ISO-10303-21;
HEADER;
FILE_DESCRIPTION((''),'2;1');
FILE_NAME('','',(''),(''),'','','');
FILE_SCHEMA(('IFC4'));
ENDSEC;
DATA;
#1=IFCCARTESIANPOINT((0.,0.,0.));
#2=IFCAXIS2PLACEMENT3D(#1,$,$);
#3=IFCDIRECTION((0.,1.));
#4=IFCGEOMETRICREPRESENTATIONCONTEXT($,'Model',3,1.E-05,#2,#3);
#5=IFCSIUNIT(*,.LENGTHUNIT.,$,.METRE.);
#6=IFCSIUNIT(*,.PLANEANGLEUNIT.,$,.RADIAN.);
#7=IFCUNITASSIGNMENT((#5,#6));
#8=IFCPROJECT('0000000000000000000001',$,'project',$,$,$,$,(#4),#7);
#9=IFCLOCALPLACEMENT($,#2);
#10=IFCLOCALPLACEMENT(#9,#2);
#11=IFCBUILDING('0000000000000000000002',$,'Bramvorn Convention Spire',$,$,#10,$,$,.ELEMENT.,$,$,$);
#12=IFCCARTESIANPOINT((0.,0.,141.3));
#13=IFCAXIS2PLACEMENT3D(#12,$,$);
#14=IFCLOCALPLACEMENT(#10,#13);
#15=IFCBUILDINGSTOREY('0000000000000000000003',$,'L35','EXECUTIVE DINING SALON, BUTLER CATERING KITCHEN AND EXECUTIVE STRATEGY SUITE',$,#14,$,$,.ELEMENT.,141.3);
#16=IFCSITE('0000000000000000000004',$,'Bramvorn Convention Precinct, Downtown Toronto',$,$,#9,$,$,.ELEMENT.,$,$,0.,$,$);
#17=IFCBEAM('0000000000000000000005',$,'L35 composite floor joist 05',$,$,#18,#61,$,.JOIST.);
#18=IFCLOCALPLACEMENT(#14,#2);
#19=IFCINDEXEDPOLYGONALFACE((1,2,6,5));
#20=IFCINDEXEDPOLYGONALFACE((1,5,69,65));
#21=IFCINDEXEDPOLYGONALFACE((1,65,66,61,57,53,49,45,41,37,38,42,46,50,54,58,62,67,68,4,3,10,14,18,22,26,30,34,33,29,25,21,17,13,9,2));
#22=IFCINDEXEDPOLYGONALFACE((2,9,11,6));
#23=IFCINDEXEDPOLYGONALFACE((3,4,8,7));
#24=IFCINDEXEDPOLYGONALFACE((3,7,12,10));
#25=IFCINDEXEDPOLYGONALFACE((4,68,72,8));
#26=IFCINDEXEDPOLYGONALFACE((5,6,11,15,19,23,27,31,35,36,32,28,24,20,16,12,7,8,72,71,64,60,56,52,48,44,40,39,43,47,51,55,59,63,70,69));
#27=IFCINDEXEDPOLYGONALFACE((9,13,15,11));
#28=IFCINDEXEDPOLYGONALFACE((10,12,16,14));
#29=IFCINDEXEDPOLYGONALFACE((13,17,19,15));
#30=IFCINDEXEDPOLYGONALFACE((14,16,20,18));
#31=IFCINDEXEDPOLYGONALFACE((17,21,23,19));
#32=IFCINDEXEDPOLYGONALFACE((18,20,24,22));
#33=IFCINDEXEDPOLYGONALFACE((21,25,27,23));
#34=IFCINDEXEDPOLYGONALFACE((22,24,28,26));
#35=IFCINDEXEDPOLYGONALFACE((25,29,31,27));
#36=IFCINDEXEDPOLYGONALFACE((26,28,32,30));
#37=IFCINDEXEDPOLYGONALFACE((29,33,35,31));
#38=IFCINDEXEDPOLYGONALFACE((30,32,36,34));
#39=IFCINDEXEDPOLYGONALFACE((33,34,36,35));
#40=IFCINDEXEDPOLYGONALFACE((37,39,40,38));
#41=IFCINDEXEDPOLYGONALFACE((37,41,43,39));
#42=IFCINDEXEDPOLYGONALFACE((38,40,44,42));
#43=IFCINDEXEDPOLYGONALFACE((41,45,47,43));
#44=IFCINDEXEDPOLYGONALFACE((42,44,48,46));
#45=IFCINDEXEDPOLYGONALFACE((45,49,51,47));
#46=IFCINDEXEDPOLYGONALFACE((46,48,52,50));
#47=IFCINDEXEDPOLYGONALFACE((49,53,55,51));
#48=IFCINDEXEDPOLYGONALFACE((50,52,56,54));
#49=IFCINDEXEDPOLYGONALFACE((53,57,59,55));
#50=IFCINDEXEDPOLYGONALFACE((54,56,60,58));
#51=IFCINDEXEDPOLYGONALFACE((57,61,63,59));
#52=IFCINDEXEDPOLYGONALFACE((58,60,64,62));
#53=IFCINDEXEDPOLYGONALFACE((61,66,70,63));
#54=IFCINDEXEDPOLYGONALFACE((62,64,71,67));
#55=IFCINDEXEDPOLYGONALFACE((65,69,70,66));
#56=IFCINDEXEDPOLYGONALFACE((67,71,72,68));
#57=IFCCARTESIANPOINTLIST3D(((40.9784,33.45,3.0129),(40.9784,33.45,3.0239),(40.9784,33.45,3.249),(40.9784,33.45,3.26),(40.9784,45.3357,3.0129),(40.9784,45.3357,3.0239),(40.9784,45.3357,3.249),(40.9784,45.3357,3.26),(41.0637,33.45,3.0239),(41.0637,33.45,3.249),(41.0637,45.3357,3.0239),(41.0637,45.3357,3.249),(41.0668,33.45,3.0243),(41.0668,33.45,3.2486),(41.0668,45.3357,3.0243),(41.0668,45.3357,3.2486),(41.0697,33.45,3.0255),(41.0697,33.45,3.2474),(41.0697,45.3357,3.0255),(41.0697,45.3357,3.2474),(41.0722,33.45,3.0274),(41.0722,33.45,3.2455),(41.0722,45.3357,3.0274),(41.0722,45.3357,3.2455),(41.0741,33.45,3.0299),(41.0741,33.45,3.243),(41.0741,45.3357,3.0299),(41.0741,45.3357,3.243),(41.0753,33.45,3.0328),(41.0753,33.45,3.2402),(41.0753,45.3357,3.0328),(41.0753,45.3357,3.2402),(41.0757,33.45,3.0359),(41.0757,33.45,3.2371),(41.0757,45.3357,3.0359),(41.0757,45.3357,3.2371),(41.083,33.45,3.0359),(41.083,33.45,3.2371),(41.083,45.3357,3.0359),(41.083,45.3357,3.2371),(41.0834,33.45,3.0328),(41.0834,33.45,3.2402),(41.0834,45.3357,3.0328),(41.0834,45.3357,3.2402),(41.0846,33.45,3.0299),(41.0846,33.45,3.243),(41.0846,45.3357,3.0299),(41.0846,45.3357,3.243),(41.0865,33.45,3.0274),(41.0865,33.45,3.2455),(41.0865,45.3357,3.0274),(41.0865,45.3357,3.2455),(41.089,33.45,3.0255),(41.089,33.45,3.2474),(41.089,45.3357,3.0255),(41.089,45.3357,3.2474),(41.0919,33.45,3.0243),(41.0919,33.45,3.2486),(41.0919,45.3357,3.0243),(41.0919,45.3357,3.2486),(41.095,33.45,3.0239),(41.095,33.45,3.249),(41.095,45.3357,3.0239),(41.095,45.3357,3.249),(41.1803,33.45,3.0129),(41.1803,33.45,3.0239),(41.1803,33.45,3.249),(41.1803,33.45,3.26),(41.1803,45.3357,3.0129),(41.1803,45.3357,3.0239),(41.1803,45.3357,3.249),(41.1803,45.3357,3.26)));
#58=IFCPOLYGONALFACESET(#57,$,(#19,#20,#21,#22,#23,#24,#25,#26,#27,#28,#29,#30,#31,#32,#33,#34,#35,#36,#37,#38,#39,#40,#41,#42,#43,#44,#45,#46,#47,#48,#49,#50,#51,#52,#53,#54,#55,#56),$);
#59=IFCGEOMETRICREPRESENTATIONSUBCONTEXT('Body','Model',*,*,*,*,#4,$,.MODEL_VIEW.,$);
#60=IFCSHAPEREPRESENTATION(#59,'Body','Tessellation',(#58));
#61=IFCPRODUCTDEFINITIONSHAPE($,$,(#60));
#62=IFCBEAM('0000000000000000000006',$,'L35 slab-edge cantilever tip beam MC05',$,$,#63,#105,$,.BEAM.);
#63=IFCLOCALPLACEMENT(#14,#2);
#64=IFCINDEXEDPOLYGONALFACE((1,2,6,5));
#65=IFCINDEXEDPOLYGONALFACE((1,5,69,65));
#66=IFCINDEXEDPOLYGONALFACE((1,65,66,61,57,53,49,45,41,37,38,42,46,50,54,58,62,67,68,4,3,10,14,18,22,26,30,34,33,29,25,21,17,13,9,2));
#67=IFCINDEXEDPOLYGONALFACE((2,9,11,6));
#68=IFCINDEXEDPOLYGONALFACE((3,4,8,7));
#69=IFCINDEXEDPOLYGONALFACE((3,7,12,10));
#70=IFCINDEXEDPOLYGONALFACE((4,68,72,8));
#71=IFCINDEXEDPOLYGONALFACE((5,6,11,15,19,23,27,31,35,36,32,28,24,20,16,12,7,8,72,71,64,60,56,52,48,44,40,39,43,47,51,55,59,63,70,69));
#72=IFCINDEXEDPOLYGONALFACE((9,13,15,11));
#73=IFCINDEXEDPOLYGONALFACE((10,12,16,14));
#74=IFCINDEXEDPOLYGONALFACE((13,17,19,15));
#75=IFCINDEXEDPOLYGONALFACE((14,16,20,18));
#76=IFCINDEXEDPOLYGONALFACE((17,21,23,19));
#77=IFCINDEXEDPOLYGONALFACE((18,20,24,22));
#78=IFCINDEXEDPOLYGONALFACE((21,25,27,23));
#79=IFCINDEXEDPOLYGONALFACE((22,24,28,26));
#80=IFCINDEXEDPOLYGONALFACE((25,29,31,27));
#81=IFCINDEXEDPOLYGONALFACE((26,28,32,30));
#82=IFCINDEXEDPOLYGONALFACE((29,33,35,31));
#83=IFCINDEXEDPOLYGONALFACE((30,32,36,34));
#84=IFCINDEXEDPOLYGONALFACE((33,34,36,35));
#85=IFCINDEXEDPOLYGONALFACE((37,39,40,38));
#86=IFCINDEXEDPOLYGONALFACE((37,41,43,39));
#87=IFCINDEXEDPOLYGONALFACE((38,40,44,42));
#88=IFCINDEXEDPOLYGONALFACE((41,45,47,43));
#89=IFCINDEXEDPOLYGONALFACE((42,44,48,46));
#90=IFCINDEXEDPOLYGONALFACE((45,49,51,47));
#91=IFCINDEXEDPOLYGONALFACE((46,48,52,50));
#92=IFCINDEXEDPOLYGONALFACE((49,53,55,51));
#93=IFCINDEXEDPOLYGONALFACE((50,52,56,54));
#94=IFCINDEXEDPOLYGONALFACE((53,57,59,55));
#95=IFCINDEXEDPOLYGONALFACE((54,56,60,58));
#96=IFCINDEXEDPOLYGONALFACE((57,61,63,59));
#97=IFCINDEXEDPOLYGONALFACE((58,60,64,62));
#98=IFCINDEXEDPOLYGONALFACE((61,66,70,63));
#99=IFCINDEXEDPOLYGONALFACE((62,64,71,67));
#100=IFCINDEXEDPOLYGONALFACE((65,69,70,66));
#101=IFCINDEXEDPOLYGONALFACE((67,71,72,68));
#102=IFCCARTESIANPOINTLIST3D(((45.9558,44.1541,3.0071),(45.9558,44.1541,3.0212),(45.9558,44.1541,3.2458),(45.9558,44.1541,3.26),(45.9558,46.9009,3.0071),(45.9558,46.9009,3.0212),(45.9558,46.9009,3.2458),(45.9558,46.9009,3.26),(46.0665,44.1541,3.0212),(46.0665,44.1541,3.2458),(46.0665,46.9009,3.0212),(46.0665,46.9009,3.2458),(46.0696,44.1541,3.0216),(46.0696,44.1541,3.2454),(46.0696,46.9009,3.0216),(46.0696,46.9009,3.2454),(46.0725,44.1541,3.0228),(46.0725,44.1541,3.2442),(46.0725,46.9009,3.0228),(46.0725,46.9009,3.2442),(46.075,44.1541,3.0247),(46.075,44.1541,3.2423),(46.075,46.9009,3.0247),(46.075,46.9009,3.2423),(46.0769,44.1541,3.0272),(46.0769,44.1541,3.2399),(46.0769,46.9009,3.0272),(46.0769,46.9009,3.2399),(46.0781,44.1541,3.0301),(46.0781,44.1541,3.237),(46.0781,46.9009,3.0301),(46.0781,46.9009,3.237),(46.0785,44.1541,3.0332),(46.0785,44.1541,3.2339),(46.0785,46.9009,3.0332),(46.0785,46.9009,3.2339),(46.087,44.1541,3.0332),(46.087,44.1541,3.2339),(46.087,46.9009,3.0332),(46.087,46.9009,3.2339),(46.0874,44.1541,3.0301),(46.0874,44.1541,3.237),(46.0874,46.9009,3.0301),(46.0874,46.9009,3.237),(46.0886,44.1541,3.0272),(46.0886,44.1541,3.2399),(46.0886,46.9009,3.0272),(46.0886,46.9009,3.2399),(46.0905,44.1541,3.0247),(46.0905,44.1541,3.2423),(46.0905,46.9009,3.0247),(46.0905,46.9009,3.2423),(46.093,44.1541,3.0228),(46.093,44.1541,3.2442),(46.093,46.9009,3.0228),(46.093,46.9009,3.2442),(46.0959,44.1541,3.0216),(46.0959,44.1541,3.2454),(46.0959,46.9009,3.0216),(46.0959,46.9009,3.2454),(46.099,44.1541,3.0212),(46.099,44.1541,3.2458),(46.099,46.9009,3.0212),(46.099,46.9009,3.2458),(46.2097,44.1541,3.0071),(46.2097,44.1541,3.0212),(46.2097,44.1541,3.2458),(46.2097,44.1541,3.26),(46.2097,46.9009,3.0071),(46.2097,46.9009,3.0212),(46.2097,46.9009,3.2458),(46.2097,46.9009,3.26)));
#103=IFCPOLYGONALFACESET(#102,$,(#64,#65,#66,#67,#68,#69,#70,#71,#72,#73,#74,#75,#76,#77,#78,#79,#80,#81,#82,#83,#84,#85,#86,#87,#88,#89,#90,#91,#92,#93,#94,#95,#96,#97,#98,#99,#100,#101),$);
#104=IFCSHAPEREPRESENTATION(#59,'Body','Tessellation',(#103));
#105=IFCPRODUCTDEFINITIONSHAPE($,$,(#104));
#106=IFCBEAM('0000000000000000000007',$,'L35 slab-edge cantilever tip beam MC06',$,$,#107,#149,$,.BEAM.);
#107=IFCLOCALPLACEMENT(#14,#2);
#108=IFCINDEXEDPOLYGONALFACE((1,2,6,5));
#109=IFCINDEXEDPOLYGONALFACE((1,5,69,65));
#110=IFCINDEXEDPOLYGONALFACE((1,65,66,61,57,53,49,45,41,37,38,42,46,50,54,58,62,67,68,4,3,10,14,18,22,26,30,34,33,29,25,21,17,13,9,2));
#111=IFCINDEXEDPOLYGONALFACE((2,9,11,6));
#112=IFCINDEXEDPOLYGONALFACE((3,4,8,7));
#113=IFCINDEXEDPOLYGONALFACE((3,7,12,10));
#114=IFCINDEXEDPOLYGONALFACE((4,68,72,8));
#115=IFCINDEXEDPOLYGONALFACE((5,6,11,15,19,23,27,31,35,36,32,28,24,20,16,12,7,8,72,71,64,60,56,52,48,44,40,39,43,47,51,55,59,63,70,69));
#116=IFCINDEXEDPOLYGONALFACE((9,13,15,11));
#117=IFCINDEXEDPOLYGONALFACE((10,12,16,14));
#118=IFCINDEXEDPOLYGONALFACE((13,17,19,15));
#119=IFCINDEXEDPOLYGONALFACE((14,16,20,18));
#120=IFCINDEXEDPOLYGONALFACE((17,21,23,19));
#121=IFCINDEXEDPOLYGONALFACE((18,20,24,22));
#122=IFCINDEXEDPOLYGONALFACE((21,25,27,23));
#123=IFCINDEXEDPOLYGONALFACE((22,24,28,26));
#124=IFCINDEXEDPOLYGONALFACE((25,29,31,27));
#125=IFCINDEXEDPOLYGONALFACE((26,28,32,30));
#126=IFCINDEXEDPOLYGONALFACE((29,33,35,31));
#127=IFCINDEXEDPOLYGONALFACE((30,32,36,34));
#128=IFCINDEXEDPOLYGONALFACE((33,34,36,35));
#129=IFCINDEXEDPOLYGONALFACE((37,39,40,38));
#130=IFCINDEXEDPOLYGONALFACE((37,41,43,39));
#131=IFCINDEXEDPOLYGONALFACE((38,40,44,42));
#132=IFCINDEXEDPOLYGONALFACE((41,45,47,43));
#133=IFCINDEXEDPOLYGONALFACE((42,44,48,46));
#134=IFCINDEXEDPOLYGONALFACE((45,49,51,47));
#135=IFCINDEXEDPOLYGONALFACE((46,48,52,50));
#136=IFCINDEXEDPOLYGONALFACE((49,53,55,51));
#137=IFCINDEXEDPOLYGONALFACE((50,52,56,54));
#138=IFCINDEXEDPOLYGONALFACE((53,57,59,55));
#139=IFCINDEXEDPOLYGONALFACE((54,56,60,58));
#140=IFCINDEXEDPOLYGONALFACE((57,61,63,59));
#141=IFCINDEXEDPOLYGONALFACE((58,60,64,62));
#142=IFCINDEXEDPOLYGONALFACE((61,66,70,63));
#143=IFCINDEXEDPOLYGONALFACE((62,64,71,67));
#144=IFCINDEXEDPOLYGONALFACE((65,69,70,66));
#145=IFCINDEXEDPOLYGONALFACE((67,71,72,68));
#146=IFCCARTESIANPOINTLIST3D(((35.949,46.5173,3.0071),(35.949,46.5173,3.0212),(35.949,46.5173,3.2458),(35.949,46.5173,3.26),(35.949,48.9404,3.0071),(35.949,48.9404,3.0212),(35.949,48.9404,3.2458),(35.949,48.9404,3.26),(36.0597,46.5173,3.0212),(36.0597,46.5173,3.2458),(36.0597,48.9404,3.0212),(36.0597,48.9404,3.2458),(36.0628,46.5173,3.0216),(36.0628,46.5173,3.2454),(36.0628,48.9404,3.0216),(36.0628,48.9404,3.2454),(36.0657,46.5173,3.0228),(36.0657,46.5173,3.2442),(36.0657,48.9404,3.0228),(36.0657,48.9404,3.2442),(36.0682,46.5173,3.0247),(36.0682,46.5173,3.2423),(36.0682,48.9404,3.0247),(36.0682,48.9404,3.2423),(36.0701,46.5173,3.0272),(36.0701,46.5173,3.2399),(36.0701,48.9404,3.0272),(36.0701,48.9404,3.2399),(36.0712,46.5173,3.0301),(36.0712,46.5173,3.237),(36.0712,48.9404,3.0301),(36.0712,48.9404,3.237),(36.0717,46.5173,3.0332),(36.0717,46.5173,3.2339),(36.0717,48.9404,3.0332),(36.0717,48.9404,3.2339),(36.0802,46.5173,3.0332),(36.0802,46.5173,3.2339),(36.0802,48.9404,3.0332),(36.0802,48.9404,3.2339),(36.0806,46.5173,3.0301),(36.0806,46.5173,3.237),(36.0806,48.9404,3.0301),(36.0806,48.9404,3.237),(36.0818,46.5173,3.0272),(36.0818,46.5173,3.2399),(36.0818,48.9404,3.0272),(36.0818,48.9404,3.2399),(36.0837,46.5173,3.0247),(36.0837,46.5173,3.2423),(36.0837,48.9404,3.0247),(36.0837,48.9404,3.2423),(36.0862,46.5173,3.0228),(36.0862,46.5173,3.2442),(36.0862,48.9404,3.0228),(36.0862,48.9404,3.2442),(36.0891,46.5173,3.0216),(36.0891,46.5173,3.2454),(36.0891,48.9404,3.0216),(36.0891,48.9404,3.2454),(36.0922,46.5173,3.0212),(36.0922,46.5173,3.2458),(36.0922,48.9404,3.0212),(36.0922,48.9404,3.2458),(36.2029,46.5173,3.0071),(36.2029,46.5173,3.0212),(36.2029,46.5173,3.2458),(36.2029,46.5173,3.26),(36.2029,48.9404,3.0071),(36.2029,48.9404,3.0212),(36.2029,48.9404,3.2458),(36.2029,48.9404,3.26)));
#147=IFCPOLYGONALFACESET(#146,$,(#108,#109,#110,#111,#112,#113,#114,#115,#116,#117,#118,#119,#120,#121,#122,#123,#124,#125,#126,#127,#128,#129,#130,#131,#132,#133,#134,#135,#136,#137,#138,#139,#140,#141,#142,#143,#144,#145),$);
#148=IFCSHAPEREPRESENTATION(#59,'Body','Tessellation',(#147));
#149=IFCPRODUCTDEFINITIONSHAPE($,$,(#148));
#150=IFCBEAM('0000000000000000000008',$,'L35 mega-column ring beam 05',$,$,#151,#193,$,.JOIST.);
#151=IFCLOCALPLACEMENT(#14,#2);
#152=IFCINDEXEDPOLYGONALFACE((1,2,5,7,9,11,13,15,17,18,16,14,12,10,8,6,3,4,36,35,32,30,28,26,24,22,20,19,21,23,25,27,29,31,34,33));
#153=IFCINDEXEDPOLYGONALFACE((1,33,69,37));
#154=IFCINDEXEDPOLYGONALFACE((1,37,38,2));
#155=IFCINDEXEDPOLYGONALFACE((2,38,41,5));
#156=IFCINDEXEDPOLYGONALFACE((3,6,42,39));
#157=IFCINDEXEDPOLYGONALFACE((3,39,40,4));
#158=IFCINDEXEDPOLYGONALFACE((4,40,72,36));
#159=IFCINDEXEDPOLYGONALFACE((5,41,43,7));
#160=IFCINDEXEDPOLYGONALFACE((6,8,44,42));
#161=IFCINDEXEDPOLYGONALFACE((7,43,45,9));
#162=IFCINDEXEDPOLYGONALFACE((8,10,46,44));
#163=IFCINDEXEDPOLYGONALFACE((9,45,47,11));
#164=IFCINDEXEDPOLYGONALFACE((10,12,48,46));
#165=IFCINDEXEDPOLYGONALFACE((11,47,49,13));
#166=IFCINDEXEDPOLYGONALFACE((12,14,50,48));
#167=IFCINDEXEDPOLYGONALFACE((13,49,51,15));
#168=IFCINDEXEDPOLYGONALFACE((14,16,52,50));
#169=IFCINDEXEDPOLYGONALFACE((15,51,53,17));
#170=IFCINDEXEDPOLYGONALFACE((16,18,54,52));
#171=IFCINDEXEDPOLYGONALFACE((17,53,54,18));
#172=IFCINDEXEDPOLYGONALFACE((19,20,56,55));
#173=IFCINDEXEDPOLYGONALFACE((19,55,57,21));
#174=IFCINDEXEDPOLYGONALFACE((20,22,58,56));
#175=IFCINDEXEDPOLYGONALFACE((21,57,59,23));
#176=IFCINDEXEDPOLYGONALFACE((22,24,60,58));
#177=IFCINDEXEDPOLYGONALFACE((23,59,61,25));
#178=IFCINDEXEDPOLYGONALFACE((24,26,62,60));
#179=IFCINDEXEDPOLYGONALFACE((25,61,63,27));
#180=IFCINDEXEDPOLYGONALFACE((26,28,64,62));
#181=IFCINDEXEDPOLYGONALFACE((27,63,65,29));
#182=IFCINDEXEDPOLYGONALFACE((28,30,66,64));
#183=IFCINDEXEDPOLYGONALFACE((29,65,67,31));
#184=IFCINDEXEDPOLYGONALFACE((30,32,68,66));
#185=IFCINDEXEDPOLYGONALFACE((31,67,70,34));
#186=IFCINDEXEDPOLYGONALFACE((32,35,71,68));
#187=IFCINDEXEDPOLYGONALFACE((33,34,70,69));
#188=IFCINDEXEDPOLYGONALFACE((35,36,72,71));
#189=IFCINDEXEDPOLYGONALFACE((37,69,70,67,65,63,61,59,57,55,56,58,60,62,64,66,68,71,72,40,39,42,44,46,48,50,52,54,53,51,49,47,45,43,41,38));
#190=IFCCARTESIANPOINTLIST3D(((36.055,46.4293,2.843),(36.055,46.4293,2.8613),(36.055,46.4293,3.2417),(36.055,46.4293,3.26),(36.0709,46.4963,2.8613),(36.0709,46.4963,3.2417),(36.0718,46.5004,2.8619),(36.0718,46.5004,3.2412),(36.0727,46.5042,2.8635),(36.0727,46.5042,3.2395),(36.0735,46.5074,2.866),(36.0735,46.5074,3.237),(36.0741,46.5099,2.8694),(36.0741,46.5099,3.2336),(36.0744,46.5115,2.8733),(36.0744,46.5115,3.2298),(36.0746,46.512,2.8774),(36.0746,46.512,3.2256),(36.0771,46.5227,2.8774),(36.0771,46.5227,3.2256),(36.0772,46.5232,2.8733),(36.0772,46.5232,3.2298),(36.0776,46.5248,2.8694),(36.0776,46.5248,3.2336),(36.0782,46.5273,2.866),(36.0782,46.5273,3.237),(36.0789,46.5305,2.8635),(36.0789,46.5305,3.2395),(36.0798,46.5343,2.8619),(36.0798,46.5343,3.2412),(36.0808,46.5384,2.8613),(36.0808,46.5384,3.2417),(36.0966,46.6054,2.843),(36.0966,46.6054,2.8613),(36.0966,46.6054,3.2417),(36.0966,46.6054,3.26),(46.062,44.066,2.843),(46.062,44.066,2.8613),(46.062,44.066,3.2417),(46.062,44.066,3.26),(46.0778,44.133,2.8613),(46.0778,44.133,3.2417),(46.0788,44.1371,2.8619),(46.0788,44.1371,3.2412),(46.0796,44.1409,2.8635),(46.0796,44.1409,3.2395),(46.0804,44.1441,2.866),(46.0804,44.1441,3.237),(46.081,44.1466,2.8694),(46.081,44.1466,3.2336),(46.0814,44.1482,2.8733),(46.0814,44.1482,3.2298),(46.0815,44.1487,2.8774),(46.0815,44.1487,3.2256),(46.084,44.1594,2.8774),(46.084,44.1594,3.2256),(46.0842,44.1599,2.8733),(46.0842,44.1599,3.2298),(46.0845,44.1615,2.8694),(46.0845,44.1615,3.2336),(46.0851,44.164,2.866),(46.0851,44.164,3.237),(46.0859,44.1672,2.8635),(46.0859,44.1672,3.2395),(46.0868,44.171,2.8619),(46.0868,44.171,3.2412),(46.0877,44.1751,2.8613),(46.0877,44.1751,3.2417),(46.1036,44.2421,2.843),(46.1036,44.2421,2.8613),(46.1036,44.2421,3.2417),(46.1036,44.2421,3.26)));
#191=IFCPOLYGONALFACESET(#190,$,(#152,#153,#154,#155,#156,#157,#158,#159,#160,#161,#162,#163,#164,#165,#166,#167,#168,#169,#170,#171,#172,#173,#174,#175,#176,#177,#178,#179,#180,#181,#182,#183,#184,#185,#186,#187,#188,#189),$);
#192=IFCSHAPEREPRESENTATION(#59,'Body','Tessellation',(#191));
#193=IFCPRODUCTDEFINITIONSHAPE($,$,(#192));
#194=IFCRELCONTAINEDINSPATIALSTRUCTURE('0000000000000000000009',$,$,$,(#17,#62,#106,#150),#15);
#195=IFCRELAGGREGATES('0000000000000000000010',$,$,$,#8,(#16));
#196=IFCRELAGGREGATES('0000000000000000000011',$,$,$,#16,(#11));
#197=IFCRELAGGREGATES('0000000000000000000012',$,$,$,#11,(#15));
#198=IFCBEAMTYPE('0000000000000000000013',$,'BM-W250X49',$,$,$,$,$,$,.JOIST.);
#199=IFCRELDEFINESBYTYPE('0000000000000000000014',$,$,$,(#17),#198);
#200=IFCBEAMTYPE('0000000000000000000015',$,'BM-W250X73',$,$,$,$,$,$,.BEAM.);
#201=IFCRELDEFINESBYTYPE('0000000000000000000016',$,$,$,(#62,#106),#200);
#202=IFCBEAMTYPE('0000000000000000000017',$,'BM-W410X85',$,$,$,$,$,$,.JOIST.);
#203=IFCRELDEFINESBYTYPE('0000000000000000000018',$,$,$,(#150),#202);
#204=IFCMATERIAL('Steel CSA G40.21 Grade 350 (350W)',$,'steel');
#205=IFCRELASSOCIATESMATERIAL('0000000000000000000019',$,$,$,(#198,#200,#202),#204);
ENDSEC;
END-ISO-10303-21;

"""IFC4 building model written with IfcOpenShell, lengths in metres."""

from ifc_helpers import new_model, si_unit, direction, frame, origin, origin_2d, place, context, subcontext, project, spatial, i_section, extrude, material, material_profile, profile_set, type_object, element, save


model = new_model("IFC4")

# Units and contexts
model_context = context("Model", 3, precision=1e-05, world=origin(), true_north=direction((0.0, 1.0)))
body_context = subcontext(model_context, "Body", "Model", "MODEL_VIEW")
ifc_project = project(units=[si_unit("LENGTHUNIT", "METRE"), si_unit("PLANEANGLEUNIT", "RADIAN")], contexts=[model_context])

# Site, building, storey
site_placement = place(None, origin())
site = spatial("IfcSite", under=ifc_project, at=site_placement, Name="Bramvorn Convention Precinct, Downtown Toronto", CompositionType="ELEMENT", RefElevation=0.0)
building_placement = place(site_placement, origin())
building = spatial("IfcBuilding", under=site, at=building_placement, Name="Bramvorn Convention Spire", CompositionType="ELEMENT")
storey_placement = place(building_placement, frame((0.0, 0.0, 141.3)))
storey = spatial("IfcBuildingStorey", under=building, at=storey_placement, Name="L35", Description="EXECUTIVE DINING SALON, BUTLER CATERING KITCHEN AND EXECUTIVE STRATEGY SUITE", CompositionType="ELEMENT", Elevation=141.3)

# Shared definitions
ifc_material_1 = material(Name="Steel CSA G40.21 Grade 350 (350W)", Category="steel")

# Beams
ifc_material_profile_1 = material_profile(ifc_material_1, i_section(OverallWidth=0.2019, OverallDepth=0.2471, WebThickness=0.0073, FlangeThickness=0.011, FilletRadius=0.012, at=origin_2d()))
ifc_profile_set_1 = profile_set([ifc_material_profile_1], Name="Steel CSA G40.21 Grade 350 (350W) - W250X49")
beam_type_1 = type_object("IfcBeamType", Name="BM-W250X49", PredefinedType="JOIST", material=ifc_profile_set_1)
beam_1_placement = place(storey_placement, frame((41.0793, 33.45, 3.1365), z_axis=(0.0, 1.0, 0.0), x_axis=(-1.0, 0.0, 0.0)))
element("IfcBeam", 1, at=beam_1_placement, inside=storey, type_object=beam_type_1, Name="L35 composite floor joist 05", PredefinedType="JOIST", context=body_context, shape_type="SweptSolid", body=[
    extrude(i_section(OverallWidth=0.2019, OverallDepth=0.2471, WebThickness=0.0073, FlangeThickness=0.011, FilletRadius=0.012, at=origin_2d()), origin(), (0.0, 0.0, 1.0), 11.8857),
])
ifc_material_profile_2 = material_profile(ifc_material_1, i_section(OverallWidth=0.2539, OverallDepth=0.2529, WebThickness=0.0085, FlangeThickness=0.0142, FilletRadius=0.012, at=origin_2d()))
ifc_profile_set_2 = profile_set([ifc_material_profile_2], Name="Steel CSA G40.21 Grade 350 (350W) - W250X73")
beam_type_2 = type_object("IfcBeamType", Name="BM-W250X73", PredefinedType="BEAM", material=ifc_profile_set_2)
beam_2_placement = place(storey_placement, frame((46.0828, 44.1541, 3.1335), z_axis=(0.0, 1.0, 0.0), x_axis=(-1.0, 0.0, 0.0)))
element("IfcBeam", 2, at=beam_2_placement, inside=storey, type_object=beam_type_2, Name="L35 slab-edge cantilever tip beam MC05", PredefinedType="BEAM", context=body_context, shape_type="SweptSolid", body=[
    extrude(i_section(OverallWidth=0.2539, OverallDepth=0.2529, WebThickness=0.0085, FlangeThickness=0.0142, FilletRadius=0.012, at=origin_2d()), origin(), (0.0, 0.0, 1.0), 2.7468),
])
beam_3_placement = place(storey_placement, frame((36.0759, 46.5173, 3.1335), z_axis=(0.0, 1.0, 0.0), x_axis=(-1.0, 0.0, 0.0)))
element("IfcBeam", 3, at=beam_3_placement, inside=storey, type_object=beam_type_2, Name="L35 slab-edge cantilever tip beam MC06", PredefinedType="BEAM", context=body_context, shape_type="SweptSolid", body=[
    extrude(i_section(OverallWidth=0.2539, OverallDepth=0.2529, WebThickness=0.0085, FlangeThickness=0.0142, FilletRadius=0.012, at=origin_2d()), origin(), (0.0, 0.0, 1.0), 2.4231),
])
ifc_material_profile_3 = material_profile(ifc_material_1, i_section(OverallWidth=0.1809, OverallDepth=0.417, WebThickness=0.011, FlangeThickness=0.0183, FilletRadius=0.0161, at=origin_2d()))
ifc_profile_set_3 = profile_set([ifc_material_profile_3], Name="Steel CSA G40.21 Grade 350 (350W) - W410X85")
beam_type_3 = type_object("IfcBeamType", Name="BM-W410X85", PredefinedType="JOIST", material=ifc_profile_set_3)
beam_4_placement = place(storey_placement, frame((46.0828, 44.1541, 3.0515), z_axis=(-0.973228, 0.229844, 0.0), x_axis=(-0.229844, -0.973228, 0.0)))
element("IfcBeam", 4, at=beam_4_placement, inside=storey, type_object=beam_type_3, Name="L35 mega-column ring beam 05", PredefinedType="JOIST", context=body_context, shape_type="SweptSolid", body=[
    extrude(i_section(OverallWidth=0.1809, OverallDepth=0.417, WebThickness=0.011, FlangeThickness=0.0183, FilletRadius=0.0161, at=origin_2d()), origin(), (0.0, 0.0, 1.0), 10.2822),
])

save(model, "model.ifc")
